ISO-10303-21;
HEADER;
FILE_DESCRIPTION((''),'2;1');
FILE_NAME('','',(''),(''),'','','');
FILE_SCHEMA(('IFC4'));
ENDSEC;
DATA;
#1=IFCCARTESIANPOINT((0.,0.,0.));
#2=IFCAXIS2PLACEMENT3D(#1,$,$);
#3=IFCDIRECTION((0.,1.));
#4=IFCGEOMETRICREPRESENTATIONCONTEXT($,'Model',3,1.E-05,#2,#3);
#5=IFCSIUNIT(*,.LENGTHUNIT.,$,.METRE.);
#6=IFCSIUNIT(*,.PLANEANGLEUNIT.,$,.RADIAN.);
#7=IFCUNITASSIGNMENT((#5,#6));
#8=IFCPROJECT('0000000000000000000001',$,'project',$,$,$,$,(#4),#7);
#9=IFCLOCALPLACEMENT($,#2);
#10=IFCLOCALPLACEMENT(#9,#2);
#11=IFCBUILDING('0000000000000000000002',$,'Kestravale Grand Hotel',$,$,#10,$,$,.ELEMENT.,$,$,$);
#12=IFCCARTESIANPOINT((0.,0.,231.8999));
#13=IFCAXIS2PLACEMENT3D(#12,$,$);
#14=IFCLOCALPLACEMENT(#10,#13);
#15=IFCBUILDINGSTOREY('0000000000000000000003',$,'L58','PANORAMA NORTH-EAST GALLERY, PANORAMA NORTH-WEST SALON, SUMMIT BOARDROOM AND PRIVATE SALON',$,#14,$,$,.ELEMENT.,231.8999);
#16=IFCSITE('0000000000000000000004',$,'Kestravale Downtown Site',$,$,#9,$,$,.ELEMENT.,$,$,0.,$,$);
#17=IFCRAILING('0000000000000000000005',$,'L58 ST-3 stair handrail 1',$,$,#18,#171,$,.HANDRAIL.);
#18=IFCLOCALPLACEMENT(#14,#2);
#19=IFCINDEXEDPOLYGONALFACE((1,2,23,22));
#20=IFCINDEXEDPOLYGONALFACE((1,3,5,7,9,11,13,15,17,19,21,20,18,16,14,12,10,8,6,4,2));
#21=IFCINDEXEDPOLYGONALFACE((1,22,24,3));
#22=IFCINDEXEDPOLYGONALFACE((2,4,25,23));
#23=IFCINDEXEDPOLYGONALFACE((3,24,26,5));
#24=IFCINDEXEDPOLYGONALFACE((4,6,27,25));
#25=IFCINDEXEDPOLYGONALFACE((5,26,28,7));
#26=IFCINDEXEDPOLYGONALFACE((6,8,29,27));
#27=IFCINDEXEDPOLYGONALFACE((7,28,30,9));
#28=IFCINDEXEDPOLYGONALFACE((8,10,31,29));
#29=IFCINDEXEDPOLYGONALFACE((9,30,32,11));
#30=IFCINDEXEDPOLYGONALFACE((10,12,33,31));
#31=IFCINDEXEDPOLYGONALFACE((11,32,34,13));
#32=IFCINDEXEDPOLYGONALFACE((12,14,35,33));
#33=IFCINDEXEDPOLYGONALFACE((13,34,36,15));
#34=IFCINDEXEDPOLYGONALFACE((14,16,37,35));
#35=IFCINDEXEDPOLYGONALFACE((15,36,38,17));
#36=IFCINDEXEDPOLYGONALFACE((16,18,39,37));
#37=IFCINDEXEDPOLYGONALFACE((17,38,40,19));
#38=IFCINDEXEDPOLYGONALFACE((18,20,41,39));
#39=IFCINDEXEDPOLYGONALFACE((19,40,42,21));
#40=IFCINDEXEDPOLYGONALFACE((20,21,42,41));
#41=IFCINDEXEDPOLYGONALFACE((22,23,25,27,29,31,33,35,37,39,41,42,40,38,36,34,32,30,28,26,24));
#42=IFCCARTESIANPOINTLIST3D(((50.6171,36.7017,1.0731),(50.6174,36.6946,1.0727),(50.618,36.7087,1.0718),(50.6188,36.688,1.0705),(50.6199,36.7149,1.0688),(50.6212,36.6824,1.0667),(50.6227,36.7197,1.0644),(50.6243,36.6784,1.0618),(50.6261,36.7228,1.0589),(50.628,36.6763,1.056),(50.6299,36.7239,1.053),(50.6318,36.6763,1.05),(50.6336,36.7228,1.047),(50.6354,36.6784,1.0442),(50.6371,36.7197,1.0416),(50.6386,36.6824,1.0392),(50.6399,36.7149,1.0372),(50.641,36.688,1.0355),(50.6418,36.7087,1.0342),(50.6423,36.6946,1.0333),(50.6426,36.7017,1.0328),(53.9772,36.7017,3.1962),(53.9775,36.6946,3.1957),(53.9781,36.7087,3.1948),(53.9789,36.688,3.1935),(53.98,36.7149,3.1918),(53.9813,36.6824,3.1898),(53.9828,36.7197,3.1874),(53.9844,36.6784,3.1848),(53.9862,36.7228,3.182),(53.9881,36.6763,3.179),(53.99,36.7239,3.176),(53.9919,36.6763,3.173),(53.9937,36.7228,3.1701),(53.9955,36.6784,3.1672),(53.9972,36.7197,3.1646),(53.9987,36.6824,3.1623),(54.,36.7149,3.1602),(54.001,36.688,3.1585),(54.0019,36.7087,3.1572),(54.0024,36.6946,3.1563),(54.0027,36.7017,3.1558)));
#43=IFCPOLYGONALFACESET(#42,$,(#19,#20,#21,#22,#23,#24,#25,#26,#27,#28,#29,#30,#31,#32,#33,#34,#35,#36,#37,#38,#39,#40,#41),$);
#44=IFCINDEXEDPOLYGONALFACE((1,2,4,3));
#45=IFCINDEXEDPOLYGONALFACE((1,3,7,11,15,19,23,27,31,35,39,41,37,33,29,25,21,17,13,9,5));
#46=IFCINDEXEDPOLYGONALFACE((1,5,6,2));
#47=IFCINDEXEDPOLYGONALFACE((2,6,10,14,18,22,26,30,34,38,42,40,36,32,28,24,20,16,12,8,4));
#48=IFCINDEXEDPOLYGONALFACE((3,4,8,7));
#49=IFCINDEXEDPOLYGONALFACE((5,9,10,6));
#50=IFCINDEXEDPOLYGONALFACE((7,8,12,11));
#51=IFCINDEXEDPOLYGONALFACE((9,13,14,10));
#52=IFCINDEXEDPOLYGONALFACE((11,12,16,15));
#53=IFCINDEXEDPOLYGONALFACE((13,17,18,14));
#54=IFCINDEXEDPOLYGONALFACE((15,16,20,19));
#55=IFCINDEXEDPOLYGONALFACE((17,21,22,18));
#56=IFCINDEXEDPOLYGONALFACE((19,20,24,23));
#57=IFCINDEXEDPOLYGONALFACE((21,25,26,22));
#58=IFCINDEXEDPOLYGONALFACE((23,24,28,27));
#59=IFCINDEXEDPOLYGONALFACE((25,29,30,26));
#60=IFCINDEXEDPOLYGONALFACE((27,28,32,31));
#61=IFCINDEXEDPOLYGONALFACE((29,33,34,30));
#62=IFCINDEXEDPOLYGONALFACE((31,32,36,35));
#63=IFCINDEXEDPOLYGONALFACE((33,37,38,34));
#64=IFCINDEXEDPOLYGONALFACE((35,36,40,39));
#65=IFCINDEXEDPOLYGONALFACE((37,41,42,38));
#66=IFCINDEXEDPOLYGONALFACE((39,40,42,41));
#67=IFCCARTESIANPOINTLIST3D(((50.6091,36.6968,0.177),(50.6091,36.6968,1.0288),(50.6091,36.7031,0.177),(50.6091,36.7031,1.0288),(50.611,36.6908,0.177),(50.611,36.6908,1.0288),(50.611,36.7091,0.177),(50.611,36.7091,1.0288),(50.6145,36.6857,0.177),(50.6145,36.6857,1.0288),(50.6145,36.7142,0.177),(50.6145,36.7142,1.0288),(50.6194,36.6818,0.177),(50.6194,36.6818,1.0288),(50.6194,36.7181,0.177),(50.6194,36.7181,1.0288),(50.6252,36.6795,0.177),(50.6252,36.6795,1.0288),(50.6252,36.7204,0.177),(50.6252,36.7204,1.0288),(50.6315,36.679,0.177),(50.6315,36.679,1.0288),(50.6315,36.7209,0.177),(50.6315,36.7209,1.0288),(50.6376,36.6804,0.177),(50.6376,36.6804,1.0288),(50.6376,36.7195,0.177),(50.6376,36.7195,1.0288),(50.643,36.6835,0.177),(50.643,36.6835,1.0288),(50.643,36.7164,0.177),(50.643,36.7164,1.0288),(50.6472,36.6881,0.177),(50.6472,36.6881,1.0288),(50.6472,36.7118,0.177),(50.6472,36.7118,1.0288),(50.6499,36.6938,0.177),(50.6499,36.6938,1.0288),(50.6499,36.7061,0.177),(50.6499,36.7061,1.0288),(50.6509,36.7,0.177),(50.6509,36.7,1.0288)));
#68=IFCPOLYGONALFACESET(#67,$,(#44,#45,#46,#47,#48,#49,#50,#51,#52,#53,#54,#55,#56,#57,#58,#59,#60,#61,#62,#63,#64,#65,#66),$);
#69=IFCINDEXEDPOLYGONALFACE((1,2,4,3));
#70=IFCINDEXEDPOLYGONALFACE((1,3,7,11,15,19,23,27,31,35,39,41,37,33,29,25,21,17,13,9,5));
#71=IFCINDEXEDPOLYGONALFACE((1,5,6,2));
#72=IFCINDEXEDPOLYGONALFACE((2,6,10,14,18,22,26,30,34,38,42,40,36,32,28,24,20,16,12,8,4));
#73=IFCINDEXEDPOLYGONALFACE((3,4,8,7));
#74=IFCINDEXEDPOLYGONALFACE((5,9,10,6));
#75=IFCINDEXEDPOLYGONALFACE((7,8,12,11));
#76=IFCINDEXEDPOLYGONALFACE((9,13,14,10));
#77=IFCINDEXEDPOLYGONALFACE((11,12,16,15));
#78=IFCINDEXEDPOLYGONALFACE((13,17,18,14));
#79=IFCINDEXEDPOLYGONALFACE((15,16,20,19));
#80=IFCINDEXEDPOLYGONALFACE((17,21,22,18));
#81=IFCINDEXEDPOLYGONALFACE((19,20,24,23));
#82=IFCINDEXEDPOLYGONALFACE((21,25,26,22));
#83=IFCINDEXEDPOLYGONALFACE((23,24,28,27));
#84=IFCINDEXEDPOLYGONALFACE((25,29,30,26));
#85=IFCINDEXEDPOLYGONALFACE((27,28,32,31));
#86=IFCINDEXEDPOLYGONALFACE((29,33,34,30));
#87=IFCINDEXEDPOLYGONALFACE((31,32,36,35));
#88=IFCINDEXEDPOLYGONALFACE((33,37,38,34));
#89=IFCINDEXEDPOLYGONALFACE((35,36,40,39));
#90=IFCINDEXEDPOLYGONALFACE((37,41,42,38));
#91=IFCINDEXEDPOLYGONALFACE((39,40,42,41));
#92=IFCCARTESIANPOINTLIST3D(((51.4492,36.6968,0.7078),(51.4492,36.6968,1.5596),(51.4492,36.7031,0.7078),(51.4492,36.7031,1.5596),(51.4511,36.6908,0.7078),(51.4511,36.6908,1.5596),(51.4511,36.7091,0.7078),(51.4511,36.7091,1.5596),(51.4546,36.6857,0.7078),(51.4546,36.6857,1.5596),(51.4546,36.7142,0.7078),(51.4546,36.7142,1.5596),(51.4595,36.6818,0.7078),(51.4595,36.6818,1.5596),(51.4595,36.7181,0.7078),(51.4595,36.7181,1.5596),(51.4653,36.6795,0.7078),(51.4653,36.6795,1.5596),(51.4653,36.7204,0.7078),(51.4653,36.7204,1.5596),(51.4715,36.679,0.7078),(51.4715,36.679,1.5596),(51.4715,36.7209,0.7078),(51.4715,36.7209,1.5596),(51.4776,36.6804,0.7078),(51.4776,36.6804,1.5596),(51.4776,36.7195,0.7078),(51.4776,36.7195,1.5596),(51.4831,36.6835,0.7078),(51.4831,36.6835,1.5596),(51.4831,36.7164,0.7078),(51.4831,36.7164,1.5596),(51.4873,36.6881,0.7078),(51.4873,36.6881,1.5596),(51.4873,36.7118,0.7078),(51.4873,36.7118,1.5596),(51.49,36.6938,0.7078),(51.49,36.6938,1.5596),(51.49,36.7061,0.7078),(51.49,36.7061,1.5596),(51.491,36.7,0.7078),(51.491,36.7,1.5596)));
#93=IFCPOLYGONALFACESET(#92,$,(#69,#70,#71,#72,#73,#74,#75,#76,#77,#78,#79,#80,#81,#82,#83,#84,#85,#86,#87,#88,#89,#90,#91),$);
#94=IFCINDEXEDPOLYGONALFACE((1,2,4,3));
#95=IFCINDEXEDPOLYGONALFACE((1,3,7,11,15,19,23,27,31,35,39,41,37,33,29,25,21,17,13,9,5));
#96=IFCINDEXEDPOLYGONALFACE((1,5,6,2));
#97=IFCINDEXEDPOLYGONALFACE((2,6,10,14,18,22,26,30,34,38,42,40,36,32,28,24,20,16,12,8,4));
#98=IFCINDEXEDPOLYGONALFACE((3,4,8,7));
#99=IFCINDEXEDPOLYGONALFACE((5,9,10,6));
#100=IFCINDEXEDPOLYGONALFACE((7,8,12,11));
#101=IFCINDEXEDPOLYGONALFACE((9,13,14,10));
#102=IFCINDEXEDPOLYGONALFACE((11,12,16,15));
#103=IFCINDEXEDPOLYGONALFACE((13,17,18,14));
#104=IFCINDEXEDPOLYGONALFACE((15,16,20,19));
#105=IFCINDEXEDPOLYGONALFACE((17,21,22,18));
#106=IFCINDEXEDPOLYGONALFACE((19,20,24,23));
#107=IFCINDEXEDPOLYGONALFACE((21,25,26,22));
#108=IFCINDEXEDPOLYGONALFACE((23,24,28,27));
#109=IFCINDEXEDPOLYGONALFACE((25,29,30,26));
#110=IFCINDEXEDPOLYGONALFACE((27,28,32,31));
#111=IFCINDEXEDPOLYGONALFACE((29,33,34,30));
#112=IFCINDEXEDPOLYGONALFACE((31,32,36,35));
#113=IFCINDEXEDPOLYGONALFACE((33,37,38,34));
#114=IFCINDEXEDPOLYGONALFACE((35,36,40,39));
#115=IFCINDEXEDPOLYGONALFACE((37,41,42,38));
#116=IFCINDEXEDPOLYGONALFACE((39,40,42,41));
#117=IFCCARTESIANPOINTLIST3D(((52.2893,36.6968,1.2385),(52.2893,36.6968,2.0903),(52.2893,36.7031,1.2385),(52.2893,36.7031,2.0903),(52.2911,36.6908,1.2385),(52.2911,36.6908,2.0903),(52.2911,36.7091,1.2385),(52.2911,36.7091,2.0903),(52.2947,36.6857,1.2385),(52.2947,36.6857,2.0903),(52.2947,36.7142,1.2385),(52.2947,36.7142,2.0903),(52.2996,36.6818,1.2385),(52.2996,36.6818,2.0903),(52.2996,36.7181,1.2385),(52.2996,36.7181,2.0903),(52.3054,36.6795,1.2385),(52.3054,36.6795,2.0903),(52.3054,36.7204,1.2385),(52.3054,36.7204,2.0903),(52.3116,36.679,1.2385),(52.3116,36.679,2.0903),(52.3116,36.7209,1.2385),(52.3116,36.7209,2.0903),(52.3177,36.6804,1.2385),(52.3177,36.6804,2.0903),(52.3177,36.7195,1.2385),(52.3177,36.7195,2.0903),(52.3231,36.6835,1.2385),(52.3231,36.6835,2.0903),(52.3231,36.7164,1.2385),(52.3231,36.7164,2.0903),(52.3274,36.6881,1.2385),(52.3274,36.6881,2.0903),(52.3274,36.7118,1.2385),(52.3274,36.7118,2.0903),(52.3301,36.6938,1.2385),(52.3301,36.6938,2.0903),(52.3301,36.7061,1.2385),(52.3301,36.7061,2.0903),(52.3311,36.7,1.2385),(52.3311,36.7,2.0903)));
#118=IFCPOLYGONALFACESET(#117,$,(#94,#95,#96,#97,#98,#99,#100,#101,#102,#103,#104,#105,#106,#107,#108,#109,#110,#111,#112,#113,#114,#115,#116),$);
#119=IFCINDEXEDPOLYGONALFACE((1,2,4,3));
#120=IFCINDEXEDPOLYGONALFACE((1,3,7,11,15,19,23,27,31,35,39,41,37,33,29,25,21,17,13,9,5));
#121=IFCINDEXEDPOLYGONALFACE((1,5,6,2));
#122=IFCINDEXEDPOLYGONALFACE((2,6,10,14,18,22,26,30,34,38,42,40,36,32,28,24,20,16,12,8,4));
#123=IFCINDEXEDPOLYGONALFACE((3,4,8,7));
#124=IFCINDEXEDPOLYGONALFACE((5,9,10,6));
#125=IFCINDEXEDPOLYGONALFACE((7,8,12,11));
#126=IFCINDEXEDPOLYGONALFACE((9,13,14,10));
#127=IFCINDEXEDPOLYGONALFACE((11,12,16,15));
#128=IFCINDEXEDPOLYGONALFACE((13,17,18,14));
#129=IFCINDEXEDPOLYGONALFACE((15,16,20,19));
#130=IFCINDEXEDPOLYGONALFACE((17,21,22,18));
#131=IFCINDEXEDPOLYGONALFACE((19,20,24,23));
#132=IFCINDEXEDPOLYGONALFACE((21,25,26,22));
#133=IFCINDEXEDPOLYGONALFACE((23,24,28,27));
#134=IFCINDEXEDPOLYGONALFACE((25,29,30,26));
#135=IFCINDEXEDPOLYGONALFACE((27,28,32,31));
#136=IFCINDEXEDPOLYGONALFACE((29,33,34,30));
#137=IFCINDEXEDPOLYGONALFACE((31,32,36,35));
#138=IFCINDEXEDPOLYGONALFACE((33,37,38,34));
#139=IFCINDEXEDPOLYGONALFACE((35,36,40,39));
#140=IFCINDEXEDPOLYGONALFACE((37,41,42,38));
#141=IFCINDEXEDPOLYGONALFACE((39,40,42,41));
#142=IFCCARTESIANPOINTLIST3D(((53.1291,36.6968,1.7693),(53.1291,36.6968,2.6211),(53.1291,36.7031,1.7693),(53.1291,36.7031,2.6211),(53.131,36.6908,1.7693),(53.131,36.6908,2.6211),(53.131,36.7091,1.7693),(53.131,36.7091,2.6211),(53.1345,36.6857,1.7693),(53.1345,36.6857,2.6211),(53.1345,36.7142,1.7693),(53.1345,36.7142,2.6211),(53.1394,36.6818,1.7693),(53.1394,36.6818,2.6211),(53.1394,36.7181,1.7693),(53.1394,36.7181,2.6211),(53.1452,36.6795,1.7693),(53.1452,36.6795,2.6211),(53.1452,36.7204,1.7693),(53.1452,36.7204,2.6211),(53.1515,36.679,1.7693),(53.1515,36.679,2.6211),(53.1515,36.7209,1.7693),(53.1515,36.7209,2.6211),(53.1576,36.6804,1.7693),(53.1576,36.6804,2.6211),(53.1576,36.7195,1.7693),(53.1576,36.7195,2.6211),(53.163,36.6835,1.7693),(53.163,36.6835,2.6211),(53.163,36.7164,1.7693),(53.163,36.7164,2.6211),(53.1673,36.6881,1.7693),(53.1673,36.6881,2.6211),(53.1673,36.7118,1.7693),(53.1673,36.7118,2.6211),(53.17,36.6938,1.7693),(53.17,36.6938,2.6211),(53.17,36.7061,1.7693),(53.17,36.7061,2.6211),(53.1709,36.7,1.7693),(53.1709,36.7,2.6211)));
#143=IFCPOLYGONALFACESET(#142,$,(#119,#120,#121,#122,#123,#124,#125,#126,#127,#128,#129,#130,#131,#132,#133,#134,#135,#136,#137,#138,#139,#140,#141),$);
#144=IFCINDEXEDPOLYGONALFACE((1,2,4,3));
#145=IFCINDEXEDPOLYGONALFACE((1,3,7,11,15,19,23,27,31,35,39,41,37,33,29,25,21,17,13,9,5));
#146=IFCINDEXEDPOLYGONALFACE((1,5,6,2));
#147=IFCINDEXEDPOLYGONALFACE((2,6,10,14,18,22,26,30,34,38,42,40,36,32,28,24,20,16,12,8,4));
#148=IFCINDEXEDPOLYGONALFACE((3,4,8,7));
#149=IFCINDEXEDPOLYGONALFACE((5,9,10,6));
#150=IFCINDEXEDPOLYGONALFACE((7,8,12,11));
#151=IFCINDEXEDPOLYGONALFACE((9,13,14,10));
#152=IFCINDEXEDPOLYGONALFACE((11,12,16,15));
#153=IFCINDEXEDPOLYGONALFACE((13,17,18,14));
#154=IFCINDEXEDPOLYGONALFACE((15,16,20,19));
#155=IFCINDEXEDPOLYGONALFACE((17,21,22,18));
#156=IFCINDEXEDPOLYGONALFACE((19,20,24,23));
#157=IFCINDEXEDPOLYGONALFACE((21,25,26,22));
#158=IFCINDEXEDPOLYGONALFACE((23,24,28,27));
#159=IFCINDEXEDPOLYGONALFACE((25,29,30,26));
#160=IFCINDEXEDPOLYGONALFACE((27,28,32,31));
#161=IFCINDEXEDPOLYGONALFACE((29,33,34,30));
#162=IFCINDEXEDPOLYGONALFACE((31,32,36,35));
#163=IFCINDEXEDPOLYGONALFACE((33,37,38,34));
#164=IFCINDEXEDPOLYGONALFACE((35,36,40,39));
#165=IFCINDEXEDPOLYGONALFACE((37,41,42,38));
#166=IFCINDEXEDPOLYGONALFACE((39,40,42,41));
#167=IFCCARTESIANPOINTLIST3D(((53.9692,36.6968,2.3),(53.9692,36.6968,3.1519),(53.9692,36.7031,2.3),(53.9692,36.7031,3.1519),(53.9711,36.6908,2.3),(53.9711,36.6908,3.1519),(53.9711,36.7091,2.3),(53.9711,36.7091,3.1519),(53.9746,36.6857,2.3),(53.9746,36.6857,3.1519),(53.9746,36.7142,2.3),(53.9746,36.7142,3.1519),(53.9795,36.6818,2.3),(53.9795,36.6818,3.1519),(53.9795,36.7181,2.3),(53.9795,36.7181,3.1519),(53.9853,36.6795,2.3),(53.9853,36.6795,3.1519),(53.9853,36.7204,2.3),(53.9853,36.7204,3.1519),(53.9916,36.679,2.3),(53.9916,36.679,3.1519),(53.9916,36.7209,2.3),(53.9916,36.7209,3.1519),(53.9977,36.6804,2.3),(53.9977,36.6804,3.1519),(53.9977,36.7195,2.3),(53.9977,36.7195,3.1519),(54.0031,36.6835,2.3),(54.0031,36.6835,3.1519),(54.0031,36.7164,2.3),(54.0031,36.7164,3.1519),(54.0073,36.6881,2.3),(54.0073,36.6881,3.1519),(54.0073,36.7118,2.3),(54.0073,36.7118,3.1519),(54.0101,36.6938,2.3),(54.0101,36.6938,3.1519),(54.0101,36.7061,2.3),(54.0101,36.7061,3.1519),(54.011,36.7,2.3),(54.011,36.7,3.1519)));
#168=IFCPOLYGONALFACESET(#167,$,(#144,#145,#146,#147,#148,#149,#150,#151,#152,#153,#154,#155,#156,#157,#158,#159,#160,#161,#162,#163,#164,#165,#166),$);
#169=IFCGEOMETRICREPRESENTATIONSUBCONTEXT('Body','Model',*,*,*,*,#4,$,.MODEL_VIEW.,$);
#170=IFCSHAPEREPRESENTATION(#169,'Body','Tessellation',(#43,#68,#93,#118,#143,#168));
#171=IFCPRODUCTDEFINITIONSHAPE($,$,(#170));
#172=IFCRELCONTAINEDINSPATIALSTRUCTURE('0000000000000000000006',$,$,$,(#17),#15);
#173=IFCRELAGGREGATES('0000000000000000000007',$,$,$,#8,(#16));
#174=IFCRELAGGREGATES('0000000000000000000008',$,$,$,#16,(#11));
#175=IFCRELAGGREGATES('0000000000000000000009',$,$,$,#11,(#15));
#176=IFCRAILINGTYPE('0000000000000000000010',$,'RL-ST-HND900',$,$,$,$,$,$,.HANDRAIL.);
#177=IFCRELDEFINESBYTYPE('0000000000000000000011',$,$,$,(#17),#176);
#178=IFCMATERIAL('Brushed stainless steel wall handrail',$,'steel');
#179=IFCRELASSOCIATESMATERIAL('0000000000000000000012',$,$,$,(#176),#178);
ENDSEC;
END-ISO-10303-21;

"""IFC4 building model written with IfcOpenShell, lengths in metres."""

from ifc_helpers import new_model, si_unit, direction, frame, origin, origin_2d, place, context, subcontext, project, spatial, circle, extrude, material, type_object, element, save


model = new_model("IFC4")

# Units and contexts
model_context = context("Model", 3, precision=1e-05, world=origin(), true_north=direction((0.0, 1.0)))
body_context = subcontext(model_context, "Body", "Model", "MODEL_VIEW")
ifc_project = project(units=[si_unit("LENGTHUNIT", "METRE"), si_unit("PLANEANGLEUNIT", "RADIAN")], contexts=[model_context])

# Site, building, storey
site_placement = place(None, origin())
site = spatial("IfcSite", under=ifc_project, at=site_placement, Name="Kestravale Downtown Site", CompositionType="ELEMENT", RefElevation=0.0)
building_placement = place(site_placement, origin())
building = spatial("IfcBuilding", under=site, at=building_placement, Name="Kestravale Grand Hotel", CompositionType="ELEMENT")
storey_placement = place(building_placement, frame((0.0, 0.0, 231.8999)))
storey = spatial("IfcBuildingStorey", under=building, at=storey_placement, Name="L58", Description="PANORAMA NORTH-EAST GALLERY, PANORAMA NORTH-WEST SALON, SUMMIT BOARDROOM AND PRIVATE SALON", CompositionType="ELEMENT", Elevation=231.8999)

# Railing
ifc_material_1 = material(Name="Brushed stainless steel wall handrail", Category="steel")
railing_type_1 = type_object("IfcRailingType", Name="RL-ST-HND900", PredefinedType="HANDRAIL", material=ifc_material_1)
railing_1_placement = place(storey_placement, frame((50.6299, 36.7, 0.177)))
element("IfcRailing", 1, at=railing_1_placement, inside=storey, type_object=railing_type_1, Name="L58 ST-3 stair handrail 1", PredefinedType="HANDRAIL", context=body_context, shape_type="SweptSolid", body=[
    extrude(circle(Radius=0.0239, at=origin_2d()), frame((0.0, 0.0, 0.876), z_axis=(0.84539, 0.0, 0.53415), x_axis=(0.0, 1.0, 0.0)), (0.0, 0.0, 1.0), 3.9746),
    extrude(circle(Radius=0.021, at=origin_2d()), origin(), (0.0, 0.0, 1.0), 0.8518),
    extrude(circle(Radius=0.021, at=origin_2d()), frame((0.8401, 0.0, 0.5308)), (0.0, 0.0, 1.0), 0.8518),
    extrude(circle(Radius=0.021, at=origin_2d()), frame((1.6802, 0.0, 1.0615)), (0.0, 0.0, 1.0), 0.8518),
    extrude(circle(Radius=0.021, at=origin_2d()), frame((2.52, 0.0, 1.5923)), (0.0, 0.0, 1.0), 0.8518),
    extrude(circle(Radius=0.021, at=origin_2d()), frame((3.3601, 0.0, 2.123)), (0.0, 0.0, 1.0), 0.8518),
])

save(model, "model.ifc")
